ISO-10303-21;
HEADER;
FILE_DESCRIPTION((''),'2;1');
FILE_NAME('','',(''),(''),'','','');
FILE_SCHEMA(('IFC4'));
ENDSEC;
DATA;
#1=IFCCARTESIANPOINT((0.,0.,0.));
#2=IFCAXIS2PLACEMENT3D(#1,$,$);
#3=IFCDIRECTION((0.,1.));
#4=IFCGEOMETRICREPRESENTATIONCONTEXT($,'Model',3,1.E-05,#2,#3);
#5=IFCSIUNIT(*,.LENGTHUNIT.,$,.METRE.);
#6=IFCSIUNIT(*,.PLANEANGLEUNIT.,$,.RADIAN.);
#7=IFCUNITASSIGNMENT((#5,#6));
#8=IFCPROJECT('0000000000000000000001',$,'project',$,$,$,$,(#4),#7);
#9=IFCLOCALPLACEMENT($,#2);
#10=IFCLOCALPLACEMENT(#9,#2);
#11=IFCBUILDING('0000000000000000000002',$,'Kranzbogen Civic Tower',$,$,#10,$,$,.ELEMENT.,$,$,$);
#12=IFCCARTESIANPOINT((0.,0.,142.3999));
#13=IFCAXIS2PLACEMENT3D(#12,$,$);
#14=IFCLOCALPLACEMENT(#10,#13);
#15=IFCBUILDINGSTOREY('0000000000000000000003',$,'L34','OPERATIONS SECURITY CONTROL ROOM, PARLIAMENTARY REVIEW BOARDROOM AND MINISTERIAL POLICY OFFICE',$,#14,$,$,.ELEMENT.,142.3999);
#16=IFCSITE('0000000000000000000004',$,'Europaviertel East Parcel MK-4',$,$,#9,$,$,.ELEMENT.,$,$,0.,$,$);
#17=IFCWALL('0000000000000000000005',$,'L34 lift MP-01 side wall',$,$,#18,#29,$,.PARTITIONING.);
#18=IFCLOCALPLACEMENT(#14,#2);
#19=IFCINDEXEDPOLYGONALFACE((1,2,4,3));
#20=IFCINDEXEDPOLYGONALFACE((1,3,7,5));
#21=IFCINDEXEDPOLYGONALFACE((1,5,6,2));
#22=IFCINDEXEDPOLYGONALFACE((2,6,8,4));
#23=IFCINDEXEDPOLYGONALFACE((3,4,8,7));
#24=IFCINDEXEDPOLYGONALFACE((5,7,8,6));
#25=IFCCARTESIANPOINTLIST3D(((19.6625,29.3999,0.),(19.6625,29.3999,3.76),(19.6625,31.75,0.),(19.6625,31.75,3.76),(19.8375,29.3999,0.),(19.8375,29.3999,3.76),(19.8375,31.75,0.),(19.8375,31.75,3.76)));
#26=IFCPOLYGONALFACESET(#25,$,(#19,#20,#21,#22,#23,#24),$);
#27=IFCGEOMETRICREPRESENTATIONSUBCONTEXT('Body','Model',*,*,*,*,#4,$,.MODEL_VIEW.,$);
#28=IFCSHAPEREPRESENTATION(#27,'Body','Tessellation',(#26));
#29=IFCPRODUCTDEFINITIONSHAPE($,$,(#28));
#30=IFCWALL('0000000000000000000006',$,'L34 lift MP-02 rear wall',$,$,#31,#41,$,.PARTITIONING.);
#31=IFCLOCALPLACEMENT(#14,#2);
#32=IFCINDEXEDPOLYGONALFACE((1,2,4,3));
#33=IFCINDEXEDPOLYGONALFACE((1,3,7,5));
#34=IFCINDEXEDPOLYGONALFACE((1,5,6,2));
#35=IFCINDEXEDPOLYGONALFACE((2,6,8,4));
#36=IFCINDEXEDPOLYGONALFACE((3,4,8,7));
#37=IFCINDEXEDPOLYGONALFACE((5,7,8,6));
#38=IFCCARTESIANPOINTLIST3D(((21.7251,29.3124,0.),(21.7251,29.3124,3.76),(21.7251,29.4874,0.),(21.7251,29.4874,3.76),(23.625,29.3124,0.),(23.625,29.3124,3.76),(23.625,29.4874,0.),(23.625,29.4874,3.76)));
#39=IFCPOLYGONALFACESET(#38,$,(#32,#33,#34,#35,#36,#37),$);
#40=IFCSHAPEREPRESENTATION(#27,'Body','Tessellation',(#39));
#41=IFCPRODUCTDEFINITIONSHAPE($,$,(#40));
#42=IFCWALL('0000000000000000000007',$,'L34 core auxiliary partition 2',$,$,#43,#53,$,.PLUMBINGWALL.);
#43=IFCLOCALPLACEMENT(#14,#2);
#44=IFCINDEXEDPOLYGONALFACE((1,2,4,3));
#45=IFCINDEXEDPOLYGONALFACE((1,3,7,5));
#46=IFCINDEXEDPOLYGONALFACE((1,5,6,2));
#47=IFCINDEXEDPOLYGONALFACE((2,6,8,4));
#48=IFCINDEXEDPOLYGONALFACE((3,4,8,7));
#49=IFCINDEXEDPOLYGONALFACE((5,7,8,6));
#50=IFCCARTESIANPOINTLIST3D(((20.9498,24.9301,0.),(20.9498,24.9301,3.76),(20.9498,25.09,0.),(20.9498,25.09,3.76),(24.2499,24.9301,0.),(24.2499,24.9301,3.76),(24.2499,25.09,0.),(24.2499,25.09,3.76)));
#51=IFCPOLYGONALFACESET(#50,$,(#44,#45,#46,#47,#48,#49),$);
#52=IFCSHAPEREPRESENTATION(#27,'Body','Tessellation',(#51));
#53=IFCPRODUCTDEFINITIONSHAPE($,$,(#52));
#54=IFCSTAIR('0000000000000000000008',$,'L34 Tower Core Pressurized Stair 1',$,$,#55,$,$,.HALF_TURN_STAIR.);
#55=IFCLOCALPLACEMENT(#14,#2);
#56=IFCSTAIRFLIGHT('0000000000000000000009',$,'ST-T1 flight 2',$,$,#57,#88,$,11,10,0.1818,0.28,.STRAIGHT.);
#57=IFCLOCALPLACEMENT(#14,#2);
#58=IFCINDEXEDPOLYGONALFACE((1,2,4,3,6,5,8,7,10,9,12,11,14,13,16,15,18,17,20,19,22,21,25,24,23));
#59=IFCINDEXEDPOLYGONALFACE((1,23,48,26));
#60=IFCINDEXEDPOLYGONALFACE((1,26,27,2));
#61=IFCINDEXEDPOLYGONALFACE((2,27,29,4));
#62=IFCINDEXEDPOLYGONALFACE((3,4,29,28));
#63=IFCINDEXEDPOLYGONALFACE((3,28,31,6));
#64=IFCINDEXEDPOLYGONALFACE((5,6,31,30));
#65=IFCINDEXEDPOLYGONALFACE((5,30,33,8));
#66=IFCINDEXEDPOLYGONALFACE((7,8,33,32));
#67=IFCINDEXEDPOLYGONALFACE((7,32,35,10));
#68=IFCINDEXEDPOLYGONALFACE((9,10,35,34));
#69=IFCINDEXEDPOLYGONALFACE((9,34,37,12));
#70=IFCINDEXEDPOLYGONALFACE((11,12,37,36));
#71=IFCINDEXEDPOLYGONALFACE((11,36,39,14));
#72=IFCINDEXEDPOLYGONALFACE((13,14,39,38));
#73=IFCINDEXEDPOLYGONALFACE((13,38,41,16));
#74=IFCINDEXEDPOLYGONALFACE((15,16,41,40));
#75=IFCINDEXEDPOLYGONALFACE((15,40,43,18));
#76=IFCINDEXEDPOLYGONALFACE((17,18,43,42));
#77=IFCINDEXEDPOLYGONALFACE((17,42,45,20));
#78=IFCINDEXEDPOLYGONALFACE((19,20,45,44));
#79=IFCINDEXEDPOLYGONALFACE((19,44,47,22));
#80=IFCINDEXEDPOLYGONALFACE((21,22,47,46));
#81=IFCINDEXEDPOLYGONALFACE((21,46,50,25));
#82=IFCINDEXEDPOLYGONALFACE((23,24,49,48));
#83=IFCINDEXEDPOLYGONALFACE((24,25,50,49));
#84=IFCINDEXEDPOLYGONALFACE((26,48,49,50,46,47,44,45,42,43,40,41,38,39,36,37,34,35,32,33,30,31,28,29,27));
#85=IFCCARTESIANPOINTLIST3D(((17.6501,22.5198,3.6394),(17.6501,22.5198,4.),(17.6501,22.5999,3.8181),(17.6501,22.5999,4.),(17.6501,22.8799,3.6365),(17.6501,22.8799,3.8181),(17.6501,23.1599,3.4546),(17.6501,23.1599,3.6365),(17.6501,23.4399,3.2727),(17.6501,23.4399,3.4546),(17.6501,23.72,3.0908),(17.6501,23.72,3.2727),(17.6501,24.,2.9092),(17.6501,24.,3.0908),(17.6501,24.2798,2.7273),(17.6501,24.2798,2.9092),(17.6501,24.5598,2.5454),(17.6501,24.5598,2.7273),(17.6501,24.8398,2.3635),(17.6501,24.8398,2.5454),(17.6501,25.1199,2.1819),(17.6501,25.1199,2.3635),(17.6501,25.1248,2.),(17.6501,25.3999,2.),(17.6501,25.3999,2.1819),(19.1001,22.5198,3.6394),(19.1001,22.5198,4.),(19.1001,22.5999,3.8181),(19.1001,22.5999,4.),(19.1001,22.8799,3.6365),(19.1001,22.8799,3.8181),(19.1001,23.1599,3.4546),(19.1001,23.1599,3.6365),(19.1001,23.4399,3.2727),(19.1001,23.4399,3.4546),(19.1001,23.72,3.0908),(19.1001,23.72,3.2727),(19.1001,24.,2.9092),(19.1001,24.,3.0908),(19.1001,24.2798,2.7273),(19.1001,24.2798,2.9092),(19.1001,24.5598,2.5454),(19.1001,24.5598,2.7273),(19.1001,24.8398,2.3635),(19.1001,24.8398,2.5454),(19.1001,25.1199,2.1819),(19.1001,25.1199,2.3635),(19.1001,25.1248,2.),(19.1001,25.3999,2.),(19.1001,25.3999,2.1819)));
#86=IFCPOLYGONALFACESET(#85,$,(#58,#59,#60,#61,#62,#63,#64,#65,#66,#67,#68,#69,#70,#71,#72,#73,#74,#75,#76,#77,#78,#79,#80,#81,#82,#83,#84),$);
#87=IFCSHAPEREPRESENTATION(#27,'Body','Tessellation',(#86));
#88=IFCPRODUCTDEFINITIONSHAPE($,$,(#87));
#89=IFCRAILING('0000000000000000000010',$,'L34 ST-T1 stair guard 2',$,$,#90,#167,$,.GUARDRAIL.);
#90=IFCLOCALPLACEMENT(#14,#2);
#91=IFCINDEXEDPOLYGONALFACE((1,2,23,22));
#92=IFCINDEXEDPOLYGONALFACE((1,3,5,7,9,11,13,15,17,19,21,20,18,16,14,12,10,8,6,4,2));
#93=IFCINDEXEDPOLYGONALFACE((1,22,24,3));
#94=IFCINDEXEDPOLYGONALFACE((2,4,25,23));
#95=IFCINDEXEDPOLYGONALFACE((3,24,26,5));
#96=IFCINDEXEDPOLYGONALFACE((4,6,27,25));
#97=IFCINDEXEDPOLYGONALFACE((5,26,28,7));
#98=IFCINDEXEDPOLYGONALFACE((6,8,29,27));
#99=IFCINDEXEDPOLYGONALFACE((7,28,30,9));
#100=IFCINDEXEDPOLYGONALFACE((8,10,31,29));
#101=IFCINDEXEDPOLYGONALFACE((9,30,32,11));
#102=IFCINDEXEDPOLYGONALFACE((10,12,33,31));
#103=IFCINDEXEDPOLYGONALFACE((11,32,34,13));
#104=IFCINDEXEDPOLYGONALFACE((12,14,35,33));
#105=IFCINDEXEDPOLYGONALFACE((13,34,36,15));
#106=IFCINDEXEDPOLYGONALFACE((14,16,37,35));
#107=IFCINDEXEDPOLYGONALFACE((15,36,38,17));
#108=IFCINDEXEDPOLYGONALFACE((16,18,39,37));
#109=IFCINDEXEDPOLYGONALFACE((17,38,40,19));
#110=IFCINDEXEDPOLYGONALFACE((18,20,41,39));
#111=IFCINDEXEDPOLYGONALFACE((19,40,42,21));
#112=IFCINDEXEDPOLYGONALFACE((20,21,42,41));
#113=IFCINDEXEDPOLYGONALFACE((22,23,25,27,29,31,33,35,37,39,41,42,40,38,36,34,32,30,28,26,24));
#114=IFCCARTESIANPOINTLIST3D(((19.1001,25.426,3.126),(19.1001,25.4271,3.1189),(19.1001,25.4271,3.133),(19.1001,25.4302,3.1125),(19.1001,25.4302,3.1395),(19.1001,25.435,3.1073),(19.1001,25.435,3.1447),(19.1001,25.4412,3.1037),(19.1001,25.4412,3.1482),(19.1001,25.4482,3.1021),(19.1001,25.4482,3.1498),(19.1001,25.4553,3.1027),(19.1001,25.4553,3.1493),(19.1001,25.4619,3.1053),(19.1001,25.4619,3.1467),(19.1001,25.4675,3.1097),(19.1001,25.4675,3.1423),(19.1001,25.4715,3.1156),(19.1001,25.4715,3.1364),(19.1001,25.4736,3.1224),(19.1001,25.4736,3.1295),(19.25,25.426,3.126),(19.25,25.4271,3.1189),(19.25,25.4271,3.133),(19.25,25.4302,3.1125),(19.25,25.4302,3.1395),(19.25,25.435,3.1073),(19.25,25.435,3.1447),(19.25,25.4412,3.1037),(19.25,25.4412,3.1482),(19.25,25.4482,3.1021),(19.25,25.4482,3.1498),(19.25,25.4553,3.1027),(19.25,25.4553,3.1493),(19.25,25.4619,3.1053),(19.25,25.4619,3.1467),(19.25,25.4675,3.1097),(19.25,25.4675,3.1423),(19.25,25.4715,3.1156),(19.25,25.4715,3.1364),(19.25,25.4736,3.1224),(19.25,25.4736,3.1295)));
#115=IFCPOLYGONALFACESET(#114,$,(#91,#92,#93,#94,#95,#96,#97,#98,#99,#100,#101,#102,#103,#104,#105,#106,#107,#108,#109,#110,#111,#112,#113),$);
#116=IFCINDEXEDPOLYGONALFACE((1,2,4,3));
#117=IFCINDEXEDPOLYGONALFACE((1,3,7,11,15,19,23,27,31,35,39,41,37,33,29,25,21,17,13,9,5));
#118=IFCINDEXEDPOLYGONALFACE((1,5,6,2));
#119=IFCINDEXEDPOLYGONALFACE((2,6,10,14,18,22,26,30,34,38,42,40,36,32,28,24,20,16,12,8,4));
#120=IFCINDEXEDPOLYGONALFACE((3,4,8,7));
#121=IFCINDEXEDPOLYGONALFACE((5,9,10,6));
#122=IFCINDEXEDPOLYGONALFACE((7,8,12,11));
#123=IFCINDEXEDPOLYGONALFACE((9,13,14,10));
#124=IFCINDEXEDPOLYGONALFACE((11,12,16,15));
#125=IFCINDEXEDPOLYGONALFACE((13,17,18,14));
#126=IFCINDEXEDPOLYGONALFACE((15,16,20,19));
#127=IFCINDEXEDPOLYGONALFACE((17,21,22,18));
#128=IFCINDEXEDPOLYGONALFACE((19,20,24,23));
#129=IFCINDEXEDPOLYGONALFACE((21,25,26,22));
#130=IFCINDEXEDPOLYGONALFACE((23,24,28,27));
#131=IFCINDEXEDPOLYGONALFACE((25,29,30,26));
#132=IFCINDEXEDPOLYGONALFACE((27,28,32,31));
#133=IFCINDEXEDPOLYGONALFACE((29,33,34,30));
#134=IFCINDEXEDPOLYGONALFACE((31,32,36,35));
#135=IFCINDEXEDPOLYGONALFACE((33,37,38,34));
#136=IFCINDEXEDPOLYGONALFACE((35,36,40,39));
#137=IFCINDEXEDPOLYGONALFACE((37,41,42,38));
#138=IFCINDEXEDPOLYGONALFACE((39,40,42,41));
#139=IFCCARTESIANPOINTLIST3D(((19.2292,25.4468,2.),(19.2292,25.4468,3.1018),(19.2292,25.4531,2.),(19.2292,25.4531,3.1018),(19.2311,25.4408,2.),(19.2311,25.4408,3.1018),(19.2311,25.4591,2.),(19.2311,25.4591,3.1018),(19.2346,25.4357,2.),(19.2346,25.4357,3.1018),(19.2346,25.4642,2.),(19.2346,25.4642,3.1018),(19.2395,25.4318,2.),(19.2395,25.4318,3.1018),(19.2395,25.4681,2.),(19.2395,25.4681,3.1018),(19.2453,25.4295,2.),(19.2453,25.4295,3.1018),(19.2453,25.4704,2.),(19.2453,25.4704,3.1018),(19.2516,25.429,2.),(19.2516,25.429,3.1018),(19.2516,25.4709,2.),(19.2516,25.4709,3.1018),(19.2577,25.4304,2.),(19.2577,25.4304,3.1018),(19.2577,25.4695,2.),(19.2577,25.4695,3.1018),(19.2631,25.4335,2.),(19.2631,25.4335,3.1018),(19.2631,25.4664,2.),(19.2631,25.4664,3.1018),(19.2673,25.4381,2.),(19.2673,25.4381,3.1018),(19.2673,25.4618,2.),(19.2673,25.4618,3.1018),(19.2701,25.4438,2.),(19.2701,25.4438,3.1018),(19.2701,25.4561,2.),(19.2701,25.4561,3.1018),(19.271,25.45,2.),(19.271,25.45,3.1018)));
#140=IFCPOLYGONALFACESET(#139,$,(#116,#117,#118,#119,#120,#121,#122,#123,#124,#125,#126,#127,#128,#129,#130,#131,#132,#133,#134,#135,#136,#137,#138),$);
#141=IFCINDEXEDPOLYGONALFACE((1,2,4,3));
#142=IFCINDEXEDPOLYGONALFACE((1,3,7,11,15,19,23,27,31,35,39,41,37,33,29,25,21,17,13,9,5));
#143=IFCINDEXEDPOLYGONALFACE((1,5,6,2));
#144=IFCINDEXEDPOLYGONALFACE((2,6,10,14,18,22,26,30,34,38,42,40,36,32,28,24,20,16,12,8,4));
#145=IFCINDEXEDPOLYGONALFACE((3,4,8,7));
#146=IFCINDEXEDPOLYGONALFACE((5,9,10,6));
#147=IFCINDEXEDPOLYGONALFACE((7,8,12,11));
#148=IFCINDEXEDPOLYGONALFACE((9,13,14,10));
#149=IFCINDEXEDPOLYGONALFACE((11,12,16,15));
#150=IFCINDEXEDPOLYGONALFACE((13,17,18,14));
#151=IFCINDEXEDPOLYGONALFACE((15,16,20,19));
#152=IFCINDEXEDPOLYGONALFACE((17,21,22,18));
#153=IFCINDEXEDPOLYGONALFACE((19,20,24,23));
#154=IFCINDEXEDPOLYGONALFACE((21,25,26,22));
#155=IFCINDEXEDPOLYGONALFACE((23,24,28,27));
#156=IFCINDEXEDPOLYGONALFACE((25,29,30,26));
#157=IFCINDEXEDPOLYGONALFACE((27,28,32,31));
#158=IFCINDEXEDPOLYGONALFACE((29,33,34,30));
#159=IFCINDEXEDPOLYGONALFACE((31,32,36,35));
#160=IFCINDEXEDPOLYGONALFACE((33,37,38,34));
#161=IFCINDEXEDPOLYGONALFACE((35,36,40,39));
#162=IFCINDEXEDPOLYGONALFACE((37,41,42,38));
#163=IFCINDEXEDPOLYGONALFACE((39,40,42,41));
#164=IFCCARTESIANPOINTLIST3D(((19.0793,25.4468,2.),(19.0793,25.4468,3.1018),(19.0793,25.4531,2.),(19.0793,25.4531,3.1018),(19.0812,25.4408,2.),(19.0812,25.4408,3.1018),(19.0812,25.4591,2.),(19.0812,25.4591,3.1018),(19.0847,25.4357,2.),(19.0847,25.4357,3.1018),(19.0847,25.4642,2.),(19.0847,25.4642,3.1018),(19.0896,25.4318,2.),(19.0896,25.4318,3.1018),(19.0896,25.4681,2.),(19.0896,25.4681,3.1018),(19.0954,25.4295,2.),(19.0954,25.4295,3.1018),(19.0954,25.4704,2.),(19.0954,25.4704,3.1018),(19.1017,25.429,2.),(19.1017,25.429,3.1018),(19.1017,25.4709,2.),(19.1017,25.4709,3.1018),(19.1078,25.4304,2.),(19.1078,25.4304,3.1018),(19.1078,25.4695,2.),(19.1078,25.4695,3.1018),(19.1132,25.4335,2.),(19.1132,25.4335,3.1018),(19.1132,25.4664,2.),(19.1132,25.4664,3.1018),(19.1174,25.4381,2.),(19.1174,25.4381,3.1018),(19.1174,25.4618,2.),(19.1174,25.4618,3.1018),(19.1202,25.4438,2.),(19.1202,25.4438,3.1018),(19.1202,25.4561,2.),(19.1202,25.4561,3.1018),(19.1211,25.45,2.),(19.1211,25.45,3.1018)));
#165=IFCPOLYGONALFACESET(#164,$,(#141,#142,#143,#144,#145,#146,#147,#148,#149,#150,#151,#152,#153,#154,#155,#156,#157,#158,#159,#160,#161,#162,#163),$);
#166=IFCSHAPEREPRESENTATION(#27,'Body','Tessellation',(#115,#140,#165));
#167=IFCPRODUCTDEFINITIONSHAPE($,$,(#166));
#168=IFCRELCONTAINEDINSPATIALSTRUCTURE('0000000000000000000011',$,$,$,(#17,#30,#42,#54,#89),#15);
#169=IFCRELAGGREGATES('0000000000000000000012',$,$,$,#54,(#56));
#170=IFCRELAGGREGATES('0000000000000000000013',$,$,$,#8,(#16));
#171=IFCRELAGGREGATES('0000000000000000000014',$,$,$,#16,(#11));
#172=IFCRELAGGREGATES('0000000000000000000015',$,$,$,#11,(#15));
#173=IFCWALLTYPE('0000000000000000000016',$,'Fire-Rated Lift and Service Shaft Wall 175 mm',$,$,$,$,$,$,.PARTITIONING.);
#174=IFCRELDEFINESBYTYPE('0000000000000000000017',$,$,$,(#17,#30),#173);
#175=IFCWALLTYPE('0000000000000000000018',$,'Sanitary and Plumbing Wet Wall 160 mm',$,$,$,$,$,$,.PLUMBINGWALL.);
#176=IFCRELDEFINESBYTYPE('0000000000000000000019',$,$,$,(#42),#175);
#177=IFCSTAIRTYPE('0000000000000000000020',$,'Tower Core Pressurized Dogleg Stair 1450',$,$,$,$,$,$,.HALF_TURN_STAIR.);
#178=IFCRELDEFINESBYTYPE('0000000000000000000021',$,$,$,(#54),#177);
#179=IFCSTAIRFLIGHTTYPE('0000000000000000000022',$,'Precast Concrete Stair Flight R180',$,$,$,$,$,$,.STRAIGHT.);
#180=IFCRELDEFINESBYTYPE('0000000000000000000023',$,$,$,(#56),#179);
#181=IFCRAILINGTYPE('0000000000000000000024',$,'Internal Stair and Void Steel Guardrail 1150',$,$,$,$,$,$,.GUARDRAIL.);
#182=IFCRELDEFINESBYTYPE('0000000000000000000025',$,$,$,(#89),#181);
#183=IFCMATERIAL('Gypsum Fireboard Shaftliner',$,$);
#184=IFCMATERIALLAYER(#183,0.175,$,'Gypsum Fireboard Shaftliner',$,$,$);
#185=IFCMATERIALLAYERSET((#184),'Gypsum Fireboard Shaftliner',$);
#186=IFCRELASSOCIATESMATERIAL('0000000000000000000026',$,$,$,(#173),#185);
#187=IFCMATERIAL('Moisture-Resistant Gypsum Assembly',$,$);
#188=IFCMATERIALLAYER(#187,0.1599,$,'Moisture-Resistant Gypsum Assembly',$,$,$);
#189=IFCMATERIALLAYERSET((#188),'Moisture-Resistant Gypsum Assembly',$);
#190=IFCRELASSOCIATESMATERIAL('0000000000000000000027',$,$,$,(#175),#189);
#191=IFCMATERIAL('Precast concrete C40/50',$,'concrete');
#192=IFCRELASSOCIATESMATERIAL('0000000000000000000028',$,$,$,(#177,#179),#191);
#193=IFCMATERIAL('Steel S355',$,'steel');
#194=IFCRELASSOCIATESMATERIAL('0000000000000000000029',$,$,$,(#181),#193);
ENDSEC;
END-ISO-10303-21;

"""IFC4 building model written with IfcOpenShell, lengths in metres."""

from ifc_helpers import new_model, si_unit, direction, frame, frame_2d, origin, origin_2d, place, context, subcontext, project, spatial, polyline, rectangle, circle, outline, extrude, material, layer, layer_set, type_object, element, aggregate, save


model = new_model("IFC4")

# Units and contexts
model_context = context("Model", 3, precision=1e-05, world=origin(), true_north=direction((0.0, 1.0)))
body_context = subcontext(model_context, "Body", "Model", "MODEL_VIEW")
ifc_project = project(units=[si_unit("LENGTHUNIT", "METRE"), si_unit("PLANEANGLEUNIT", "RADIAN")], contexts=[model_context])

# Site, building, storey
site_placement = place(None, origin())
site = spatial("IfcSite", under=ifc_project, at=site_placement, Name="Europaviertel East Parcel MK-4", CompositionType="ELEMENT", RefElevation=0.0)
building_placement = place(site_placement, origin())
building = spatial("IfcBuilding", under=site, at=building_placement, Name="Kranzbogen Civic Tower", CompositionType="ELEMENT")
storey_placement = place(building_placement, frame((0.0, 0.0, 142.3999)))
storey = spatial("IfcBuildingStorey", under=building, at=storey_placement, Name="L34", Description="OPERATIONS SECURITY CONTROL ROOM, PARLIAMENTARY REVIEW BOARDROOM AND MINISTERIAL POLICY OFFICE", CompositionType="ELEMENT", Elevation=142.3999)

# Shared definitions
ifc_material_1 = material(Name="Steel S355", Category="steel")

# Walls
ifc_material_2 = material(Name="Gypsum Fireboard Shaftliner")
ifc_layer_1 = layer(ifc_material_2, 0.175, Name="Gypsum Fireboard Shaftliner")
ifc_layer_set_1 = layer_set([ifc_layer_1], Name="Gypsum Fireboard Shaftliner")
wall_type_1 = type_object("IfcWallType", Name="Fire-Rated Lift and Service Shaft Wall 175 mm", PredefinedType="PARTITIONING", material=ifc_layer_set_1)
wall_1_placement = place(storey_placement, frame((19.75, 29.3999, 0.0), z_axis=(0.0, 0.0, 1.0), x_axis=(0.0, 1.0, 0.0)))
element("IfcWall", 1, at=wall_1_placement, inside=storey, type_object=wall_type_1, Name="L34 lift MP-01 side wall", PredefinedType="PARTITIONING", context=body_context, shape_type="SweptSolid", body=[
    extrude(rectangle(XDim=2.3501, YDim=0.175, at=frame_2d((1.175, 0.0))), origin(), (0.0, 0.0, 1.0), 3.76),
])
wall_2_placement = place(storey_placement, frame((21.7251, 29.3999, 0.0), z_axis=(0.0, 0.0, 1.0), x_axis=(1.0, 0.0, 0.0)))
element("IfcWall", 2, at=wall_2_placement, inside=storey, type_object=wall_type_1, Name="L34 lift MP-02 rear wall", PredefinedType="PARTITIONING", context=body_context, shape_type="SweptSolid", body=[
    extrude(rectangle(XDim=1.8999, YDim=0.175, at=frame_2d((0.95, 0.0))), origin(), (0.0, 0.0, 1.0), 3.76),
])
ifc_material_3 = material(Name="Moisture-Resistant Gypsum Assembly")
ifc_layer_2 = layer(ifc_material_3, 0.1599, Name="Moisture-Resistant Gypsum Assembly")
ifc_layer_set_2 = layer_set([ifc_layer_2], Name="Moisture-Resistant Gypsum Assembly")
wall_type_2 = type_object("IfcWallType", Name="Sanitary and Plumbing Wet Wall 160 mm", PredefinedType="PLUMBINGWALL", material=ifc_layer_set_2)
wall_3_placement = place(storey_placement, frame((20.95, 25.01, 0.0), z_axis=(0.0, 0.0, 1.0), x_axis=(1.0, 0.0, 0.0)))
element("IfcWall", 3, at=wall_3_placement, inside=storey, type_object=wall_type_2, Name="L34 core auxiliary partition 2", PredefinedType="PLUMBINGWALL", context=body_context, shape_type="SweptSolid", body=[
    extrude(rectangle(XDim=3.3, YDim=0.1599, at=frame_2d((1.6499, 0.0))), origin(), (0.0, 0.0, 1.0), 3.76),
])

# Stair, stair flight
ifc_material_4 = material(Name="Precast concrete C40/50", Category="concrete")
stair_type = type_object("IfcStairType", Name="Tower Core Pressurized Dogleg Stair 1450", PredefinedType="HALF_TURN_STAIR", material=ifc_material_4)
stair_placement = place(storey_placement, origin())
stair = element("IfcStair", 4, at=stair_placement, inside=storey, type_object=stair_type, Name="L34 Tower Core Pressurized Stair 1", PredefinedType="HALF_TURN_STAIR")
stair_flight_type = type_object("IfcStairFlightType", Name="Precast Concrete Stair Flight R180", PredefinedType="STRAIGHT", material=ifc_material_4)
stair_flight_placement = place(storey_placement, frame((18.375, 25.3999, 2.0), z_axis=(0.0, 0.0, 1.0), x_axis=(0.0, -1.0, 0.0)))
stair_flight = element("IfcStairFlight", 5, at=stair_flight_placement, type_object=stair_flight_type, Name="ST-T1 flight 2", NumberOfRisers=11, NumberOfTreads=10, PredefinedType="STRAIGHT", RiserHeight=0.1818, TreadLength=0.28, context=body_context, shape_type="SweptSolid", body=[
    extrude(outline(polyline([(0.0, 0.0), (0.0, 0.1819), (0.28, 0.1819), (0.28, 0.3635), (0.5601, 0.3635), (0.5601, 0.5454), (0.8401, 0.5454), (0.8401, 0.7273), (1.1201, 0.7273), (1.1201, 0.9092), (1.3999, 0.9092), (1.3999, 1.0908), (1.6799, 1.0908), (1.6799, 1.2727), (1.96, 1.2727), (1.96, 1.4546), (2.24, 1.4546), (2.24, 1.6365), (2.52, 1.6365), (2.52, 1.8181), (2.8, 1.8181), (2.8, 2.0), (2.8801, 2.0), (2.8801, 1.6394), (0.2751, 0.0), (0.0, 0.0)])), frame((0.0, 0.7251, 0.0), z_axis=(0.0, -1.0, 0.0), x_axis=(1.0, 0.0, 0.0)), (0.0, 0.0, 1.0), 1.45),
])
aggregate(stair, [stair_flight])

# Railing
railing_type_1 = type_object("IfcRailingType", Name="Internal Stair and Void Steel Guardrail 1150", PredefinedType="GUARDRAIL", material=ifc_material_1)
railing_1_placement = place(storey_placement, frame((19.25, 25.45, 2.0)))
element("IfcRailing", 6, at=railing_1_placement, inside=storey, type_object=railing_type_1, Name="L34 ST-T1 stair guard 2", PredefinedType="GUARDRAIL", context=body_context, shape_type="SweptSolid", body=[
    extrude(circle(Radius=0.0239, at=origin_2d()), frame((0.0, 0.0, 1.126), z_axis=(-1.0, 0.0, 0.0), x_axis=(0.0, -1.0, 0.0)), (0.0, 0.0, 1.0), 0.1499),
    extrude(circle(Radius=0.021, at=origin_2d()), origin(), (0.0, 0.0, 1.0), 1.1018),
    extrude(circle(Radius=0.021, at=origin_2d()), frame((-0.1499, 0.0, 0.0)), (0.0, 0.0, 1.0), 1.1018),
])

save(model, "model.ifc")
